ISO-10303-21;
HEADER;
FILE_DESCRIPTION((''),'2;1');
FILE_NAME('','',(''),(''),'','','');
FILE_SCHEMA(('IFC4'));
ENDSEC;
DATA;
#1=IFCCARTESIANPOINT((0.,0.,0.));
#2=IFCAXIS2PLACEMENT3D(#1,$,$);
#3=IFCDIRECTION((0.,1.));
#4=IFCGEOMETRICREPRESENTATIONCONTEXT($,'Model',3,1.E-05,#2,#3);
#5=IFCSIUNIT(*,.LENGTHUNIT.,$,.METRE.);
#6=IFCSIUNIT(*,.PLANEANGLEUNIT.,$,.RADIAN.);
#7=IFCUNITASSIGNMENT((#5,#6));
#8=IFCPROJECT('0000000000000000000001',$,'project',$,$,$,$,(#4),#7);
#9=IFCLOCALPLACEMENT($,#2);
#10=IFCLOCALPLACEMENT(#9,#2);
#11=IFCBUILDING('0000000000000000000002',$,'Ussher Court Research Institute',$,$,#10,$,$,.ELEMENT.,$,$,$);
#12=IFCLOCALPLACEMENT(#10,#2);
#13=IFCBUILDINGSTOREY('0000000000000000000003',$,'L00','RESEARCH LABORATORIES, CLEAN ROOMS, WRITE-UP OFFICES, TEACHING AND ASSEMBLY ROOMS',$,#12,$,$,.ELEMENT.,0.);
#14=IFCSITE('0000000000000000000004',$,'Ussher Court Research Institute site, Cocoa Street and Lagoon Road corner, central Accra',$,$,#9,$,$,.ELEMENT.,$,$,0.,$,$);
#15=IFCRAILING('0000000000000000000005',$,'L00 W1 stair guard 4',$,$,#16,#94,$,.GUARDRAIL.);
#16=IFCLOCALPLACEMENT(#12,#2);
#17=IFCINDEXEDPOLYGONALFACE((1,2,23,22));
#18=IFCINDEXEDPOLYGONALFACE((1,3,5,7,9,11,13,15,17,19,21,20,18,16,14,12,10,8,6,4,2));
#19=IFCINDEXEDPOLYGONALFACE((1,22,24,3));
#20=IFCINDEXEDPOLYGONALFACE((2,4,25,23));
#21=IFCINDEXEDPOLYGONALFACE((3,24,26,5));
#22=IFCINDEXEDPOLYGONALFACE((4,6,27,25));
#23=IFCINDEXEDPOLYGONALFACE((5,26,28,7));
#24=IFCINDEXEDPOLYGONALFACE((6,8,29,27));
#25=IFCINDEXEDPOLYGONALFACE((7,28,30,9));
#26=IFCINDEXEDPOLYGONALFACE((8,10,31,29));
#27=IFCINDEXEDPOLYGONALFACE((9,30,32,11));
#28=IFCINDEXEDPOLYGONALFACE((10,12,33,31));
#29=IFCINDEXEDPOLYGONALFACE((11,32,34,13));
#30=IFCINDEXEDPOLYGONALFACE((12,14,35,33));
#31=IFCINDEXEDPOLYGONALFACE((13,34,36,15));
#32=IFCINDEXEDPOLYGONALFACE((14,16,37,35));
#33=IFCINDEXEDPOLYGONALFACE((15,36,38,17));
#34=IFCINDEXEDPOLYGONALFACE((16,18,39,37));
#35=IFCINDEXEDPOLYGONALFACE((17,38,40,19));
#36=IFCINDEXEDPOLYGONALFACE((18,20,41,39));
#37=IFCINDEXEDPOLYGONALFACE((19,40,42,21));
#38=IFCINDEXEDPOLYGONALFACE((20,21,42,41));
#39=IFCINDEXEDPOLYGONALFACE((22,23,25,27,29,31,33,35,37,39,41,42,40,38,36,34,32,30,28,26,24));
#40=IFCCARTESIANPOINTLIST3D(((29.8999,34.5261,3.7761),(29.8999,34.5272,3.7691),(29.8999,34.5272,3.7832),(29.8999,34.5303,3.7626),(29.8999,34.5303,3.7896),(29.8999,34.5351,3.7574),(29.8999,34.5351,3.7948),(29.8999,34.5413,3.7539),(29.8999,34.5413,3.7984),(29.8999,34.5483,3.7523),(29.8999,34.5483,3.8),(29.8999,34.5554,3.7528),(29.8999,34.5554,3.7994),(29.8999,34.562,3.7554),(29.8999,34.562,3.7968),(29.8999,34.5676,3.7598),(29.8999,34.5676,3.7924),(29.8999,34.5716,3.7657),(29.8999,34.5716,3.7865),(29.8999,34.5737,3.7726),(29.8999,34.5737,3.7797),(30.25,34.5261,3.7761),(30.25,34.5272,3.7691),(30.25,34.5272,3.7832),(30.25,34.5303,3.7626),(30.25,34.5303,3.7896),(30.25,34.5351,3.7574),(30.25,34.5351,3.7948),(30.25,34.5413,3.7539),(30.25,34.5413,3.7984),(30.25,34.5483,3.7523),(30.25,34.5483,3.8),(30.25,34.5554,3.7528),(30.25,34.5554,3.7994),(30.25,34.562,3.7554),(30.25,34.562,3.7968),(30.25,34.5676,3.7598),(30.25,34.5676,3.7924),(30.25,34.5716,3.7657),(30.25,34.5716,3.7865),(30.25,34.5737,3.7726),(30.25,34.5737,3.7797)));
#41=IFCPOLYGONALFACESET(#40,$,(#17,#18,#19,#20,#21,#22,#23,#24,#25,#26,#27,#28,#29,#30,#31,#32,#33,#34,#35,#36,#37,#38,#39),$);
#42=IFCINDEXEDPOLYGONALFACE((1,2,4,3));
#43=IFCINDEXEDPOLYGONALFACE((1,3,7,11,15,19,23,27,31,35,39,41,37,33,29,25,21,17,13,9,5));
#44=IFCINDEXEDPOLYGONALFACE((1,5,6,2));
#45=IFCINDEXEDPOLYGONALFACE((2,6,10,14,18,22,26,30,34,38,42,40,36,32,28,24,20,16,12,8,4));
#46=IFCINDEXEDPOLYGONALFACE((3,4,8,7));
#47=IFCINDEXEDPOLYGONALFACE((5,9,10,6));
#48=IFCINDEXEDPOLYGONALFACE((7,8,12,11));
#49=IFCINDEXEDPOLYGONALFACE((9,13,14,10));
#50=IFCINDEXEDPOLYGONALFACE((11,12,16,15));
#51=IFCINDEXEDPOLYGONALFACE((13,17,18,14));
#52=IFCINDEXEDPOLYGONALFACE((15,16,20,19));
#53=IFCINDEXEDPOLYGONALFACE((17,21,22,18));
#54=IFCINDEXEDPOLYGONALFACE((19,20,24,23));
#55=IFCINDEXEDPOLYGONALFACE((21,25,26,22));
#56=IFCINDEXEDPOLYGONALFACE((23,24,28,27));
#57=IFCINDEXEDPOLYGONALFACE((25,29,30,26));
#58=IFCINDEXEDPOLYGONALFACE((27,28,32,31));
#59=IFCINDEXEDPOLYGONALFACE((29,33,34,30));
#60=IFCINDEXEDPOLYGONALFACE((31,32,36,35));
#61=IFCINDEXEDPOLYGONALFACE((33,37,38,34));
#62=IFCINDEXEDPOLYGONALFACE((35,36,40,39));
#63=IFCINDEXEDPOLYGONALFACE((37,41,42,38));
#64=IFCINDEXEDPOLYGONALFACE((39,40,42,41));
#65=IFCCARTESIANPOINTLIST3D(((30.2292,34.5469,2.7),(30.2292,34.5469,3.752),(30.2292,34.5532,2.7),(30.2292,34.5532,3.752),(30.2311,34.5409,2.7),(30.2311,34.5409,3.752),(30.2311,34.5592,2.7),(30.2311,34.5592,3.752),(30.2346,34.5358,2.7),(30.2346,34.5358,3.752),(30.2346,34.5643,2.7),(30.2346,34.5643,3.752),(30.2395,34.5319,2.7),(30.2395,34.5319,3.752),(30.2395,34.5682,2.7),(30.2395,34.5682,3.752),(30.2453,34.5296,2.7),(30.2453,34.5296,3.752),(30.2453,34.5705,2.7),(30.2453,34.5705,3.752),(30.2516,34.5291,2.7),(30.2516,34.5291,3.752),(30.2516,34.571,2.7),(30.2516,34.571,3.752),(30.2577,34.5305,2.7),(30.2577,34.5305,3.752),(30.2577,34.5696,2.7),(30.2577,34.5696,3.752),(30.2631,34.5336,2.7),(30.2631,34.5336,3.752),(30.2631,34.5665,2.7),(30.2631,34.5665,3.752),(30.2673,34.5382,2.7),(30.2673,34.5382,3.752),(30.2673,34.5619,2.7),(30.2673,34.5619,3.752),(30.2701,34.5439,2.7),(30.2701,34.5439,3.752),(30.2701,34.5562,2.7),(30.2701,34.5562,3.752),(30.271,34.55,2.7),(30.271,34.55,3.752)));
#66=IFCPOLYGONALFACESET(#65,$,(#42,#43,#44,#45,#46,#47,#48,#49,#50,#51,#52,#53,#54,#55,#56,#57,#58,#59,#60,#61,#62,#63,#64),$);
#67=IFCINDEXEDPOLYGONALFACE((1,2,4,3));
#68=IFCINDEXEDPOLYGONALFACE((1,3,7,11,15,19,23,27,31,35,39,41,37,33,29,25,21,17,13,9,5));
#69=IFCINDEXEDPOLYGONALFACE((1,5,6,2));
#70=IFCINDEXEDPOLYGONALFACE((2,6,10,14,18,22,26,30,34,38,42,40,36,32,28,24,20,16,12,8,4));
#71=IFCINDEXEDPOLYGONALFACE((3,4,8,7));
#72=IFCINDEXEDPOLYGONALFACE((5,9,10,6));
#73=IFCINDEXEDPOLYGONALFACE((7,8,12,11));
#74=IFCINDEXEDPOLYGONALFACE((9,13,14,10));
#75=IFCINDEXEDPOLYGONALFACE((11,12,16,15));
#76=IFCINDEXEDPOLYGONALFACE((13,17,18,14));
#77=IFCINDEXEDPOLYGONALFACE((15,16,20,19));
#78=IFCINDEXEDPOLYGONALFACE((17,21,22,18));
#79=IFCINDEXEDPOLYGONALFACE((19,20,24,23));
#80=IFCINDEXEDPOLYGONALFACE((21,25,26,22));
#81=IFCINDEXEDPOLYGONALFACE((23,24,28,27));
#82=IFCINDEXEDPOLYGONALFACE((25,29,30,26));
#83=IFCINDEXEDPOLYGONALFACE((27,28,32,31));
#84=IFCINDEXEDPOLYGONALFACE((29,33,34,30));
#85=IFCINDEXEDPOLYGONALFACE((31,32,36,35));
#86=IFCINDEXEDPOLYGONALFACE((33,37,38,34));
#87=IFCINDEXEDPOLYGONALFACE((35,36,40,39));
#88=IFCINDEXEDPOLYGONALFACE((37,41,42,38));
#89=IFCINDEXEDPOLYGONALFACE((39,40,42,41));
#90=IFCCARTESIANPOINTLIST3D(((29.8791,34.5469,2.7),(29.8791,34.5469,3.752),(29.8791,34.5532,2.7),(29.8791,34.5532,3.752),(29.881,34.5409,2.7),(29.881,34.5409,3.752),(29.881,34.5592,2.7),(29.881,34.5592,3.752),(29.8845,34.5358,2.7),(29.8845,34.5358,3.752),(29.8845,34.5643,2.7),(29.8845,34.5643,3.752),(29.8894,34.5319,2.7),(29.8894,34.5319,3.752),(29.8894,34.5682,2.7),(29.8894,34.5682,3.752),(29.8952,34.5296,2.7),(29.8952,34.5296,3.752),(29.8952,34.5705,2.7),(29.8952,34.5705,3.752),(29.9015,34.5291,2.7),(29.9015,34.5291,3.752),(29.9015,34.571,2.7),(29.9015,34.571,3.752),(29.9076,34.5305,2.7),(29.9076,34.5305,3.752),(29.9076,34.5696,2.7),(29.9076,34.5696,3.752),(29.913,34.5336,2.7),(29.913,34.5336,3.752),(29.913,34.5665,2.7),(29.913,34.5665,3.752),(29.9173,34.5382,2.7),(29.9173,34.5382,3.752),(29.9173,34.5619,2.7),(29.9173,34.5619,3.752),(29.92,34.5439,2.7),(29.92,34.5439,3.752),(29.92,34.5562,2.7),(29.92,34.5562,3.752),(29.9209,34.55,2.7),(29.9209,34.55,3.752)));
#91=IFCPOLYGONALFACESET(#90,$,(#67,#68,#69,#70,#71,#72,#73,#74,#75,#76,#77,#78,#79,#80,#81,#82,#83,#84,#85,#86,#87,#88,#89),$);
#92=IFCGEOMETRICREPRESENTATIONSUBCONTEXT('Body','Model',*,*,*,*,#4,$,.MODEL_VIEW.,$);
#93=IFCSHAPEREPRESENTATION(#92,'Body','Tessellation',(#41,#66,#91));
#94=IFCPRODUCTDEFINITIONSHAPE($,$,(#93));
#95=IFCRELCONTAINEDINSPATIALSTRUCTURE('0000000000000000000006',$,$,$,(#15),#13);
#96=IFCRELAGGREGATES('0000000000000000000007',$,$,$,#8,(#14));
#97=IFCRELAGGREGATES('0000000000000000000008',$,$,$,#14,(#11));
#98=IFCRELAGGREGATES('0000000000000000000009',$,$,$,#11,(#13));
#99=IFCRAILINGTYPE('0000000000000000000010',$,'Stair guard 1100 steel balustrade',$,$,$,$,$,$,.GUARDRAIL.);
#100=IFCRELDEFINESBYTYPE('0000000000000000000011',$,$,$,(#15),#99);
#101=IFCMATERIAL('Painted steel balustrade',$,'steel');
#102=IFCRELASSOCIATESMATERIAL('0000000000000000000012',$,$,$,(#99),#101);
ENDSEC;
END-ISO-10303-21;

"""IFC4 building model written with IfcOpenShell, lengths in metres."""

from ifc_helpers import new_model, si_unit, direction, frame, origin, origin_2d, place, context, subcontext, project, spatial, circle, extrude, material, type_object, element, save


model = new_model("IFC4")

# Units and contexts
model_context = context("Model", 3, precision=1e-05, world=origin(), true_north=direction((0.0, 1.0)))
body_context = subcontext(model_context, "Body", "Model", "MODEL_VIEW")
ifc_project = project(units=[si_unit("LENGTHUNIT", "METRE"), si_unit("PLANEANGLEUNIT", "RADIAN")], contexts=[model_context])

# Site, building, storey
site_placement = place(None, origin())
site = spatial("IfcSite", under=ifc_project, at=site_placement, Name="Ussher Court Research Institute site, Cocoa Street and Lagoon Road corner, central Accra", CompositionType="ELEMENT", RefElevation=0.0)
building_placement = place(site_placement, origin())
building = spatial("IfcBuilding", under=site, at=building_placement, Name="Ussher Court Research Institute", CompositionType="ELEMENT")
storey_placement = place(building_placement, origin())
storey = spatial("IfcBuildingStorey", under=building, at=storey_placement, Name="L00", Description="RESEARCH LABORATORIES, CLEAN ROOMS, WRITE-UP OFFICES, TEACHING AND ASSEMBLY ROOMS", CompositionType="ELEMENT", Elevation=0.0)

# Railing
ifc_material_1 = material(Name="Painted steel balustrade", Category="steel")
railing_type_1 = type_object("IfcRailingType", Name="Stair guard 1100 steel balustrade", PredefinedType="GUARDRAIL", material=ifc_material_1)
railing_1_placement = place(storey_placement, frame((30.25, 34.55, 2.7)))
element("IfcRailing", 1, at=railing_1_placement, inside=storey, type_object=railing_type_1, Name="L00 W1 stair guard 4", PredefinedType="GUARDRAIL", context=body_context, shape_type="SweptSolid", body=[
    extrude(circle(Radius=0.0239, at=origin_2d()), frame((0.0, 0.0, 1.0762), z_axis=(-1.0, 0.0, 0.0), x_axis=(0.0, -1.0, 0.0)), (0.0, 0.0, 1.0), 0.3501),
    extrude(circle(Radius=0.021, at=origin_2d()), origin(), (0.0, 0.0, 1.0), 1.052),
    extrude(circle(Radius=0.021, at=origin_2d()), frame((-0.3501, 0.0, 0.0)), (0.0, 0.0, 1.0), 1.052),
])

save(model, "model.ifc")
